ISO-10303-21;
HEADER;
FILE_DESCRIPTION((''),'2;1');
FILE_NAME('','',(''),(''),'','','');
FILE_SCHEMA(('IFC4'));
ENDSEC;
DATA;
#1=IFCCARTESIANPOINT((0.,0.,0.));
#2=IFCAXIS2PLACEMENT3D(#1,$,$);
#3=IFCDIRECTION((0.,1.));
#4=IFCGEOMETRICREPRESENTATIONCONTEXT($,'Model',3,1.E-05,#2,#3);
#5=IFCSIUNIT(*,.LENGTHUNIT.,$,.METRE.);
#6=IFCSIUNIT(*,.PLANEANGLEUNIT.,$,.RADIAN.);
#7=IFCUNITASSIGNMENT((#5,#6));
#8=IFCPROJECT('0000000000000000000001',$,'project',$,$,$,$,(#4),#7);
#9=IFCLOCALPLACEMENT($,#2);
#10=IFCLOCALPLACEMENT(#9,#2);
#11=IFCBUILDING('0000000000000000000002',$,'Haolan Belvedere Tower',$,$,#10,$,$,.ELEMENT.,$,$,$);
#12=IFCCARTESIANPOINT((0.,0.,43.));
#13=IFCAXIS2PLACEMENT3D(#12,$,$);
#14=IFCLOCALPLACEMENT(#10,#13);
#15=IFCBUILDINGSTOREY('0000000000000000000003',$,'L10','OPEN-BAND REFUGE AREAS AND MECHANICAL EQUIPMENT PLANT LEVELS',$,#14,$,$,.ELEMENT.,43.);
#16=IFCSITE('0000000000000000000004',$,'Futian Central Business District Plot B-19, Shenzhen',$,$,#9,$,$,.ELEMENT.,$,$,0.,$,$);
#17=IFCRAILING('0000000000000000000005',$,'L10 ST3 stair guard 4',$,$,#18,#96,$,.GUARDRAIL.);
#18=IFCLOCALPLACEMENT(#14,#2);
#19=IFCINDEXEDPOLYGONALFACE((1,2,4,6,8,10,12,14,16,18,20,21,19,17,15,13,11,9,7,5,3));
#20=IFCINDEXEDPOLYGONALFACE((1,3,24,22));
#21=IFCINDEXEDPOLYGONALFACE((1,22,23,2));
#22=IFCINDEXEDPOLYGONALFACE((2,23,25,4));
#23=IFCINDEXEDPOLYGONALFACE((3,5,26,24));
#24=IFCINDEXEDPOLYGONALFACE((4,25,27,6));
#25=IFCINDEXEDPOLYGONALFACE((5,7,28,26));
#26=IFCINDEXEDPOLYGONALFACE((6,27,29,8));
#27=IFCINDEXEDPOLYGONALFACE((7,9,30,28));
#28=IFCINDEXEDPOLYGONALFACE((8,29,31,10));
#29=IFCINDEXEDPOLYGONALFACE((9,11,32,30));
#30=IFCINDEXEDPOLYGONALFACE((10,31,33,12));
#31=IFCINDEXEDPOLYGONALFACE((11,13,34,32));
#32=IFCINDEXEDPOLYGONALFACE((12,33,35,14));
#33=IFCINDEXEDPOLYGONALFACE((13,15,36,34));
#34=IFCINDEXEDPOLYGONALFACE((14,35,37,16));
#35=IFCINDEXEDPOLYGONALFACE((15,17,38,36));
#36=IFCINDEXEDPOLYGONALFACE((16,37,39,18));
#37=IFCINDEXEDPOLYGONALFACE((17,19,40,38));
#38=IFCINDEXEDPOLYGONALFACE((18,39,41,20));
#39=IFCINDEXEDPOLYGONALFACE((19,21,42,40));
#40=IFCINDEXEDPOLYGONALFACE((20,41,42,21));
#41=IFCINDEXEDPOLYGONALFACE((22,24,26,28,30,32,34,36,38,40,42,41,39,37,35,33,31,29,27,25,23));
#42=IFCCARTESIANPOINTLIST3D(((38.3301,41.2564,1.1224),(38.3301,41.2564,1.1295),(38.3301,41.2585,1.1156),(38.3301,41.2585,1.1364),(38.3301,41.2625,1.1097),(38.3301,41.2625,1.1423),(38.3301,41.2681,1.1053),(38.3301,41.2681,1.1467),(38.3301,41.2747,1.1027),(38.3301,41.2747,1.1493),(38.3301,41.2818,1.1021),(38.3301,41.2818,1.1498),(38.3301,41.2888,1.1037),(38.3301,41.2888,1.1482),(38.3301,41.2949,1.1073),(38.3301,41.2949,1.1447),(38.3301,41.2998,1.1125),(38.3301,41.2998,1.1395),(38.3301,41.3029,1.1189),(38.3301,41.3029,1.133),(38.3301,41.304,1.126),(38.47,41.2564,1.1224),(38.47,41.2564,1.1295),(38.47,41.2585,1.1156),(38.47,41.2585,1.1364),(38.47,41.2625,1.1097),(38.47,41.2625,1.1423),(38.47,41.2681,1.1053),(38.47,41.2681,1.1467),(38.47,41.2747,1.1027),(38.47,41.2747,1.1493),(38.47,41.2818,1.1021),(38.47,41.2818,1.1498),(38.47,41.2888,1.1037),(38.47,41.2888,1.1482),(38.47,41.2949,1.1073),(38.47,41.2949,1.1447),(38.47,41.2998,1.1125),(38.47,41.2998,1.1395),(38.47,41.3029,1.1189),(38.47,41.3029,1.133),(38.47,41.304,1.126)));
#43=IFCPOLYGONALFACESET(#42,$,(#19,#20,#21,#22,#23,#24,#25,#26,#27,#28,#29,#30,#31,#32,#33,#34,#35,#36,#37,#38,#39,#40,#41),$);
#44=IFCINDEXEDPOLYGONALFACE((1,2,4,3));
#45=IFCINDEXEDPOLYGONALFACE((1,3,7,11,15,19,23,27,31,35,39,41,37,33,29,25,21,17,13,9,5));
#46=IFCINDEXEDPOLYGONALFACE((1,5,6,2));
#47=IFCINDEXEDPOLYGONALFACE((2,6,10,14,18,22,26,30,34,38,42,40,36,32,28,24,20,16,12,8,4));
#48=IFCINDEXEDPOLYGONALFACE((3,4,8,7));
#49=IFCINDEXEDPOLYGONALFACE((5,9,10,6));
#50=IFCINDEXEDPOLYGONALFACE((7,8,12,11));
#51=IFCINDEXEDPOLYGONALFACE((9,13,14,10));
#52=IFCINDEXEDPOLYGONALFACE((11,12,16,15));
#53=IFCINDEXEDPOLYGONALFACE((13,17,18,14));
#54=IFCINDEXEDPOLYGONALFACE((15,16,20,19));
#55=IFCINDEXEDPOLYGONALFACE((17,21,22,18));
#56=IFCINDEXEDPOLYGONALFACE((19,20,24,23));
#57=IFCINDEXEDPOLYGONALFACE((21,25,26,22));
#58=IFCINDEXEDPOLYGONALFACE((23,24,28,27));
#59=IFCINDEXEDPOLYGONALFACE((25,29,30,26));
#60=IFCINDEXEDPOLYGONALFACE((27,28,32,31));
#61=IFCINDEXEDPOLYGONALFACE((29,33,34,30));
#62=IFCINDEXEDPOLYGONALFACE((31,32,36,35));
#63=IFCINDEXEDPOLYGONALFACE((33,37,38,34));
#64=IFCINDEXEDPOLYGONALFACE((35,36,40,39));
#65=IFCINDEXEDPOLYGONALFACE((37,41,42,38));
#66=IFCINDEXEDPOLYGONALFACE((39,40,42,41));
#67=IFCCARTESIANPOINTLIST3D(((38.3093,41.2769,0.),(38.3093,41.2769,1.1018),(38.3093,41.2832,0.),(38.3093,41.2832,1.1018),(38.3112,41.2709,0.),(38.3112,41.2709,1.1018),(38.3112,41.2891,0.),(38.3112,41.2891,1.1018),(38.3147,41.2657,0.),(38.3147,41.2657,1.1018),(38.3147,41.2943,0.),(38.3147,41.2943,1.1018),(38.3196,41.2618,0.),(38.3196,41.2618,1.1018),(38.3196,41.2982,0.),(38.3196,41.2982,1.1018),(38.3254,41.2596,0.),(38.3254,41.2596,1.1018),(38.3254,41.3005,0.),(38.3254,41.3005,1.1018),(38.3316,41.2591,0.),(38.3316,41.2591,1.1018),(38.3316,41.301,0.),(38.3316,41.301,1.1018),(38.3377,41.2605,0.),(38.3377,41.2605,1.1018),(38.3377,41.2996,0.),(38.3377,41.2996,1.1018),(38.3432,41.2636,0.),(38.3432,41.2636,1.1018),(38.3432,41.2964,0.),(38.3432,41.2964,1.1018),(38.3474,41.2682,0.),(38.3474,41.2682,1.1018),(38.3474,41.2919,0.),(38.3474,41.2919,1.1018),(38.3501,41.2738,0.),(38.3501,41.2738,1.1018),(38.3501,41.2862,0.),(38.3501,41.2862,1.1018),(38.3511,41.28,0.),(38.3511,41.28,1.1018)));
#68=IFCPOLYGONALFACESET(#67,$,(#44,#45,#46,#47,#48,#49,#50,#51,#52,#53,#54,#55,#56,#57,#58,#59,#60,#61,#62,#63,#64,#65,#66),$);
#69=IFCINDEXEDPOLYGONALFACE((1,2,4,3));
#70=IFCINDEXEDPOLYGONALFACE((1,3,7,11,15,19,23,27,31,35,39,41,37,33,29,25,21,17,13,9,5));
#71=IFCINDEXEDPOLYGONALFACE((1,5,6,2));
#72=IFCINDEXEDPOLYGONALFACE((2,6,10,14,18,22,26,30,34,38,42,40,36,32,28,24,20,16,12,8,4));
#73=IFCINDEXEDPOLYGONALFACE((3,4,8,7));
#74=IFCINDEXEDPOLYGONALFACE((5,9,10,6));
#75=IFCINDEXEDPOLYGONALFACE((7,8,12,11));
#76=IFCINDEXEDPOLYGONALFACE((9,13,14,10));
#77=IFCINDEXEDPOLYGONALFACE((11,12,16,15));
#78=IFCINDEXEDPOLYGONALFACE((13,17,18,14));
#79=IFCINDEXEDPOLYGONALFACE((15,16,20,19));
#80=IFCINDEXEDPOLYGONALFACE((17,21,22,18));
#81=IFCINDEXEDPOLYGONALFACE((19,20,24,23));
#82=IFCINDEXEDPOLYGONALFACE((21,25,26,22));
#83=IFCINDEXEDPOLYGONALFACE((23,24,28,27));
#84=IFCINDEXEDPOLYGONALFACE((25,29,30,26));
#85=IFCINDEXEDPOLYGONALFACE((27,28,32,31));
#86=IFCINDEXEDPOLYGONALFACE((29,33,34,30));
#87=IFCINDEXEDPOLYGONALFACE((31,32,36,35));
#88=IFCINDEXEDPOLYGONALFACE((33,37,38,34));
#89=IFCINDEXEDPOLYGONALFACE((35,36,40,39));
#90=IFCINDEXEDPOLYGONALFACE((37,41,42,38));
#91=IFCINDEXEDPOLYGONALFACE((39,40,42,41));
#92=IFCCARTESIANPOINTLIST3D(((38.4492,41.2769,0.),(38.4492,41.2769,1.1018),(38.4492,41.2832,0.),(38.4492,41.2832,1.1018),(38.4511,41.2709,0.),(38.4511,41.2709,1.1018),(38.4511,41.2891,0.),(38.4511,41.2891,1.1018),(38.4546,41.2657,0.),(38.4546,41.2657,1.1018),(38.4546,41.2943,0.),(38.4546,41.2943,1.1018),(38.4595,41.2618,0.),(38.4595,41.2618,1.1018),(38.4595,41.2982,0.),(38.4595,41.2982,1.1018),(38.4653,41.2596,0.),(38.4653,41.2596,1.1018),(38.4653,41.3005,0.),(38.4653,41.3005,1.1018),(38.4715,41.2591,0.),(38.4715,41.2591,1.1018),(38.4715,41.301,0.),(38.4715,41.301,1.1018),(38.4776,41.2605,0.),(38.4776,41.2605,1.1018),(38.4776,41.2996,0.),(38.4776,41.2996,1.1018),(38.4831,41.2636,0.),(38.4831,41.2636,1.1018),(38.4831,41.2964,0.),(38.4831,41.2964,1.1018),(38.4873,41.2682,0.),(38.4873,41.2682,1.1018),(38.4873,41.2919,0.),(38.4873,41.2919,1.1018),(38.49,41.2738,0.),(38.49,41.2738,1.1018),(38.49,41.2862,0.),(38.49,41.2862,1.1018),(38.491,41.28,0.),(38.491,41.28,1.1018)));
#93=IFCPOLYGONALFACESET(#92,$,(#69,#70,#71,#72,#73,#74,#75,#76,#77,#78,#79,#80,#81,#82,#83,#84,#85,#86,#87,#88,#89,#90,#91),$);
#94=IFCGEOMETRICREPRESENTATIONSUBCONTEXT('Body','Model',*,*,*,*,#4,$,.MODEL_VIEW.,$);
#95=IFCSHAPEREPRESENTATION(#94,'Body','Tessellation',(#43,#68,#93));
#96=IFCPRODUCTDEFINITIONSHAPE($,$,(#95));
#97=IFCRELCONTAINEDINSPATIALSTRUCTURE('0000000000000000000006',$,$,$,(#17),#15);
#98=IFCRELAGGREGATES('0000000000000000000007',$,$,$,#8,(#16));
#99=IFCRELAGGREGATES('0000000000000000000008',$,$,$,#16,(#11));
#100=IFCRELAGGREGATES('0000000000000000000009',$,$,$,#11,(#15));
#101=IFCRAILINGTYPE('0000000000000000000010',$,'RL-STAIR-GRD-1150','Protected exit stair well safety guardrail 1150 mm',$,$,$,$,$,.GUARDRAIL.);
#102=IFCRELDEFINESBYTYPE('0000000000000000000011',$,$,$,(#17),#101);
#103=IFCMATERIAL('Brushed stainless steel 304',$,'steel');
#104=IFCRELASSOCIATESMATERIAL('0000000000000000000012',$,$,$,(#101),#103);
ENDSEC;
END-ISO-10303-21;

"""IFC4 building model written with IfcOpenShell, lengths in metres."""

from ifc_helpers import new_model, si_unit, direction, frame, origin, origin_2d, place, context, subcontext, project, spatial, circle, extrude, material, type_object, element, save


model = new_model("IFC4")

# Units and contexts
model_context = context("Model", 3, precision=1e-05, world=origin(), true_north=direction((0.0, 1.0)))
body_context = subcontext(model_context, "Body", "Model", "MODEL_VIEW")
ifc_project = project(units=[si_unit("LENGTHUNIT", "METRE"), si_unit("PLANEANGLEUNIT", "RADIAN")], contexts=[model_context])

# Site, building, storey
site_placement = place(None, origin())
site = spatial("IfcSite", under=ifc_project, at=site_placement, Name="Futian Central Business District Plot B-19, Shenzhen", CompositionType="ELEMENT", RefElevation=0.0)
building_placement = place(site_placement, origin())
building = spatial("IfcBuilding", under=site, at=building_placement, Name="Haolan Belvedere Tower", CompositionType="ELEMENT")
storey_placement = place(building_placement, frame((0.0, 0.0, 43.0)))
storey = spatial("IfcBuildingStorey", under=building, at=storey_placement, Name="L10", Description="OPEN-BAND REFUGE AREAS AND MECHANICAL EQUIPMENT PLANT LEVELS", CompositionType="ELEMENT", Elevation=43.0)

# Railing
ifc_material_1 = material(Name="Brushed stainless steel 304", Category="steel")
railing_type_1 = type_object("IfcRailingType", Name="RL-STAIR-GRD-1150", Description="Protected exit stair well safety guardrail 1150 mm", PredefinedType="GUARDRAIL", material=ifc_material_1)
railing_1_placement = place(storey_placement, frame((38.3301, 41.28, 0.0)))
element("IfcRailing", 1, at=railing_1_placement, inside=storey, type_object=railing_type_1, Name="L10 ST3 stair guard 4", PredefinedType="GUARDRAIL", context=body_context, shape_type="SweptSolid", body=[
    extrude(circle(Radius=0.0239, at=origin_2d()), frame((0.0, 0.0, 1.126), z_axis=(1.0, 0.0, 0.0), x_axis=(0.0, 1.0, 0.0)), (0.0, 0.0, 1.0), 0.1399),
    extrude(circle(Radius=0.021, at=origin_2d()), origin(), (0.0, 0.0, 1.0), 1.1018),
    extrude(circle(Radius=0.021, at=origin_2d()), frame((0.1399, 0.0, 0.0)), (0.0, 0.0, 1.0), 1.1018),
])

save(model, "model.ifc")
